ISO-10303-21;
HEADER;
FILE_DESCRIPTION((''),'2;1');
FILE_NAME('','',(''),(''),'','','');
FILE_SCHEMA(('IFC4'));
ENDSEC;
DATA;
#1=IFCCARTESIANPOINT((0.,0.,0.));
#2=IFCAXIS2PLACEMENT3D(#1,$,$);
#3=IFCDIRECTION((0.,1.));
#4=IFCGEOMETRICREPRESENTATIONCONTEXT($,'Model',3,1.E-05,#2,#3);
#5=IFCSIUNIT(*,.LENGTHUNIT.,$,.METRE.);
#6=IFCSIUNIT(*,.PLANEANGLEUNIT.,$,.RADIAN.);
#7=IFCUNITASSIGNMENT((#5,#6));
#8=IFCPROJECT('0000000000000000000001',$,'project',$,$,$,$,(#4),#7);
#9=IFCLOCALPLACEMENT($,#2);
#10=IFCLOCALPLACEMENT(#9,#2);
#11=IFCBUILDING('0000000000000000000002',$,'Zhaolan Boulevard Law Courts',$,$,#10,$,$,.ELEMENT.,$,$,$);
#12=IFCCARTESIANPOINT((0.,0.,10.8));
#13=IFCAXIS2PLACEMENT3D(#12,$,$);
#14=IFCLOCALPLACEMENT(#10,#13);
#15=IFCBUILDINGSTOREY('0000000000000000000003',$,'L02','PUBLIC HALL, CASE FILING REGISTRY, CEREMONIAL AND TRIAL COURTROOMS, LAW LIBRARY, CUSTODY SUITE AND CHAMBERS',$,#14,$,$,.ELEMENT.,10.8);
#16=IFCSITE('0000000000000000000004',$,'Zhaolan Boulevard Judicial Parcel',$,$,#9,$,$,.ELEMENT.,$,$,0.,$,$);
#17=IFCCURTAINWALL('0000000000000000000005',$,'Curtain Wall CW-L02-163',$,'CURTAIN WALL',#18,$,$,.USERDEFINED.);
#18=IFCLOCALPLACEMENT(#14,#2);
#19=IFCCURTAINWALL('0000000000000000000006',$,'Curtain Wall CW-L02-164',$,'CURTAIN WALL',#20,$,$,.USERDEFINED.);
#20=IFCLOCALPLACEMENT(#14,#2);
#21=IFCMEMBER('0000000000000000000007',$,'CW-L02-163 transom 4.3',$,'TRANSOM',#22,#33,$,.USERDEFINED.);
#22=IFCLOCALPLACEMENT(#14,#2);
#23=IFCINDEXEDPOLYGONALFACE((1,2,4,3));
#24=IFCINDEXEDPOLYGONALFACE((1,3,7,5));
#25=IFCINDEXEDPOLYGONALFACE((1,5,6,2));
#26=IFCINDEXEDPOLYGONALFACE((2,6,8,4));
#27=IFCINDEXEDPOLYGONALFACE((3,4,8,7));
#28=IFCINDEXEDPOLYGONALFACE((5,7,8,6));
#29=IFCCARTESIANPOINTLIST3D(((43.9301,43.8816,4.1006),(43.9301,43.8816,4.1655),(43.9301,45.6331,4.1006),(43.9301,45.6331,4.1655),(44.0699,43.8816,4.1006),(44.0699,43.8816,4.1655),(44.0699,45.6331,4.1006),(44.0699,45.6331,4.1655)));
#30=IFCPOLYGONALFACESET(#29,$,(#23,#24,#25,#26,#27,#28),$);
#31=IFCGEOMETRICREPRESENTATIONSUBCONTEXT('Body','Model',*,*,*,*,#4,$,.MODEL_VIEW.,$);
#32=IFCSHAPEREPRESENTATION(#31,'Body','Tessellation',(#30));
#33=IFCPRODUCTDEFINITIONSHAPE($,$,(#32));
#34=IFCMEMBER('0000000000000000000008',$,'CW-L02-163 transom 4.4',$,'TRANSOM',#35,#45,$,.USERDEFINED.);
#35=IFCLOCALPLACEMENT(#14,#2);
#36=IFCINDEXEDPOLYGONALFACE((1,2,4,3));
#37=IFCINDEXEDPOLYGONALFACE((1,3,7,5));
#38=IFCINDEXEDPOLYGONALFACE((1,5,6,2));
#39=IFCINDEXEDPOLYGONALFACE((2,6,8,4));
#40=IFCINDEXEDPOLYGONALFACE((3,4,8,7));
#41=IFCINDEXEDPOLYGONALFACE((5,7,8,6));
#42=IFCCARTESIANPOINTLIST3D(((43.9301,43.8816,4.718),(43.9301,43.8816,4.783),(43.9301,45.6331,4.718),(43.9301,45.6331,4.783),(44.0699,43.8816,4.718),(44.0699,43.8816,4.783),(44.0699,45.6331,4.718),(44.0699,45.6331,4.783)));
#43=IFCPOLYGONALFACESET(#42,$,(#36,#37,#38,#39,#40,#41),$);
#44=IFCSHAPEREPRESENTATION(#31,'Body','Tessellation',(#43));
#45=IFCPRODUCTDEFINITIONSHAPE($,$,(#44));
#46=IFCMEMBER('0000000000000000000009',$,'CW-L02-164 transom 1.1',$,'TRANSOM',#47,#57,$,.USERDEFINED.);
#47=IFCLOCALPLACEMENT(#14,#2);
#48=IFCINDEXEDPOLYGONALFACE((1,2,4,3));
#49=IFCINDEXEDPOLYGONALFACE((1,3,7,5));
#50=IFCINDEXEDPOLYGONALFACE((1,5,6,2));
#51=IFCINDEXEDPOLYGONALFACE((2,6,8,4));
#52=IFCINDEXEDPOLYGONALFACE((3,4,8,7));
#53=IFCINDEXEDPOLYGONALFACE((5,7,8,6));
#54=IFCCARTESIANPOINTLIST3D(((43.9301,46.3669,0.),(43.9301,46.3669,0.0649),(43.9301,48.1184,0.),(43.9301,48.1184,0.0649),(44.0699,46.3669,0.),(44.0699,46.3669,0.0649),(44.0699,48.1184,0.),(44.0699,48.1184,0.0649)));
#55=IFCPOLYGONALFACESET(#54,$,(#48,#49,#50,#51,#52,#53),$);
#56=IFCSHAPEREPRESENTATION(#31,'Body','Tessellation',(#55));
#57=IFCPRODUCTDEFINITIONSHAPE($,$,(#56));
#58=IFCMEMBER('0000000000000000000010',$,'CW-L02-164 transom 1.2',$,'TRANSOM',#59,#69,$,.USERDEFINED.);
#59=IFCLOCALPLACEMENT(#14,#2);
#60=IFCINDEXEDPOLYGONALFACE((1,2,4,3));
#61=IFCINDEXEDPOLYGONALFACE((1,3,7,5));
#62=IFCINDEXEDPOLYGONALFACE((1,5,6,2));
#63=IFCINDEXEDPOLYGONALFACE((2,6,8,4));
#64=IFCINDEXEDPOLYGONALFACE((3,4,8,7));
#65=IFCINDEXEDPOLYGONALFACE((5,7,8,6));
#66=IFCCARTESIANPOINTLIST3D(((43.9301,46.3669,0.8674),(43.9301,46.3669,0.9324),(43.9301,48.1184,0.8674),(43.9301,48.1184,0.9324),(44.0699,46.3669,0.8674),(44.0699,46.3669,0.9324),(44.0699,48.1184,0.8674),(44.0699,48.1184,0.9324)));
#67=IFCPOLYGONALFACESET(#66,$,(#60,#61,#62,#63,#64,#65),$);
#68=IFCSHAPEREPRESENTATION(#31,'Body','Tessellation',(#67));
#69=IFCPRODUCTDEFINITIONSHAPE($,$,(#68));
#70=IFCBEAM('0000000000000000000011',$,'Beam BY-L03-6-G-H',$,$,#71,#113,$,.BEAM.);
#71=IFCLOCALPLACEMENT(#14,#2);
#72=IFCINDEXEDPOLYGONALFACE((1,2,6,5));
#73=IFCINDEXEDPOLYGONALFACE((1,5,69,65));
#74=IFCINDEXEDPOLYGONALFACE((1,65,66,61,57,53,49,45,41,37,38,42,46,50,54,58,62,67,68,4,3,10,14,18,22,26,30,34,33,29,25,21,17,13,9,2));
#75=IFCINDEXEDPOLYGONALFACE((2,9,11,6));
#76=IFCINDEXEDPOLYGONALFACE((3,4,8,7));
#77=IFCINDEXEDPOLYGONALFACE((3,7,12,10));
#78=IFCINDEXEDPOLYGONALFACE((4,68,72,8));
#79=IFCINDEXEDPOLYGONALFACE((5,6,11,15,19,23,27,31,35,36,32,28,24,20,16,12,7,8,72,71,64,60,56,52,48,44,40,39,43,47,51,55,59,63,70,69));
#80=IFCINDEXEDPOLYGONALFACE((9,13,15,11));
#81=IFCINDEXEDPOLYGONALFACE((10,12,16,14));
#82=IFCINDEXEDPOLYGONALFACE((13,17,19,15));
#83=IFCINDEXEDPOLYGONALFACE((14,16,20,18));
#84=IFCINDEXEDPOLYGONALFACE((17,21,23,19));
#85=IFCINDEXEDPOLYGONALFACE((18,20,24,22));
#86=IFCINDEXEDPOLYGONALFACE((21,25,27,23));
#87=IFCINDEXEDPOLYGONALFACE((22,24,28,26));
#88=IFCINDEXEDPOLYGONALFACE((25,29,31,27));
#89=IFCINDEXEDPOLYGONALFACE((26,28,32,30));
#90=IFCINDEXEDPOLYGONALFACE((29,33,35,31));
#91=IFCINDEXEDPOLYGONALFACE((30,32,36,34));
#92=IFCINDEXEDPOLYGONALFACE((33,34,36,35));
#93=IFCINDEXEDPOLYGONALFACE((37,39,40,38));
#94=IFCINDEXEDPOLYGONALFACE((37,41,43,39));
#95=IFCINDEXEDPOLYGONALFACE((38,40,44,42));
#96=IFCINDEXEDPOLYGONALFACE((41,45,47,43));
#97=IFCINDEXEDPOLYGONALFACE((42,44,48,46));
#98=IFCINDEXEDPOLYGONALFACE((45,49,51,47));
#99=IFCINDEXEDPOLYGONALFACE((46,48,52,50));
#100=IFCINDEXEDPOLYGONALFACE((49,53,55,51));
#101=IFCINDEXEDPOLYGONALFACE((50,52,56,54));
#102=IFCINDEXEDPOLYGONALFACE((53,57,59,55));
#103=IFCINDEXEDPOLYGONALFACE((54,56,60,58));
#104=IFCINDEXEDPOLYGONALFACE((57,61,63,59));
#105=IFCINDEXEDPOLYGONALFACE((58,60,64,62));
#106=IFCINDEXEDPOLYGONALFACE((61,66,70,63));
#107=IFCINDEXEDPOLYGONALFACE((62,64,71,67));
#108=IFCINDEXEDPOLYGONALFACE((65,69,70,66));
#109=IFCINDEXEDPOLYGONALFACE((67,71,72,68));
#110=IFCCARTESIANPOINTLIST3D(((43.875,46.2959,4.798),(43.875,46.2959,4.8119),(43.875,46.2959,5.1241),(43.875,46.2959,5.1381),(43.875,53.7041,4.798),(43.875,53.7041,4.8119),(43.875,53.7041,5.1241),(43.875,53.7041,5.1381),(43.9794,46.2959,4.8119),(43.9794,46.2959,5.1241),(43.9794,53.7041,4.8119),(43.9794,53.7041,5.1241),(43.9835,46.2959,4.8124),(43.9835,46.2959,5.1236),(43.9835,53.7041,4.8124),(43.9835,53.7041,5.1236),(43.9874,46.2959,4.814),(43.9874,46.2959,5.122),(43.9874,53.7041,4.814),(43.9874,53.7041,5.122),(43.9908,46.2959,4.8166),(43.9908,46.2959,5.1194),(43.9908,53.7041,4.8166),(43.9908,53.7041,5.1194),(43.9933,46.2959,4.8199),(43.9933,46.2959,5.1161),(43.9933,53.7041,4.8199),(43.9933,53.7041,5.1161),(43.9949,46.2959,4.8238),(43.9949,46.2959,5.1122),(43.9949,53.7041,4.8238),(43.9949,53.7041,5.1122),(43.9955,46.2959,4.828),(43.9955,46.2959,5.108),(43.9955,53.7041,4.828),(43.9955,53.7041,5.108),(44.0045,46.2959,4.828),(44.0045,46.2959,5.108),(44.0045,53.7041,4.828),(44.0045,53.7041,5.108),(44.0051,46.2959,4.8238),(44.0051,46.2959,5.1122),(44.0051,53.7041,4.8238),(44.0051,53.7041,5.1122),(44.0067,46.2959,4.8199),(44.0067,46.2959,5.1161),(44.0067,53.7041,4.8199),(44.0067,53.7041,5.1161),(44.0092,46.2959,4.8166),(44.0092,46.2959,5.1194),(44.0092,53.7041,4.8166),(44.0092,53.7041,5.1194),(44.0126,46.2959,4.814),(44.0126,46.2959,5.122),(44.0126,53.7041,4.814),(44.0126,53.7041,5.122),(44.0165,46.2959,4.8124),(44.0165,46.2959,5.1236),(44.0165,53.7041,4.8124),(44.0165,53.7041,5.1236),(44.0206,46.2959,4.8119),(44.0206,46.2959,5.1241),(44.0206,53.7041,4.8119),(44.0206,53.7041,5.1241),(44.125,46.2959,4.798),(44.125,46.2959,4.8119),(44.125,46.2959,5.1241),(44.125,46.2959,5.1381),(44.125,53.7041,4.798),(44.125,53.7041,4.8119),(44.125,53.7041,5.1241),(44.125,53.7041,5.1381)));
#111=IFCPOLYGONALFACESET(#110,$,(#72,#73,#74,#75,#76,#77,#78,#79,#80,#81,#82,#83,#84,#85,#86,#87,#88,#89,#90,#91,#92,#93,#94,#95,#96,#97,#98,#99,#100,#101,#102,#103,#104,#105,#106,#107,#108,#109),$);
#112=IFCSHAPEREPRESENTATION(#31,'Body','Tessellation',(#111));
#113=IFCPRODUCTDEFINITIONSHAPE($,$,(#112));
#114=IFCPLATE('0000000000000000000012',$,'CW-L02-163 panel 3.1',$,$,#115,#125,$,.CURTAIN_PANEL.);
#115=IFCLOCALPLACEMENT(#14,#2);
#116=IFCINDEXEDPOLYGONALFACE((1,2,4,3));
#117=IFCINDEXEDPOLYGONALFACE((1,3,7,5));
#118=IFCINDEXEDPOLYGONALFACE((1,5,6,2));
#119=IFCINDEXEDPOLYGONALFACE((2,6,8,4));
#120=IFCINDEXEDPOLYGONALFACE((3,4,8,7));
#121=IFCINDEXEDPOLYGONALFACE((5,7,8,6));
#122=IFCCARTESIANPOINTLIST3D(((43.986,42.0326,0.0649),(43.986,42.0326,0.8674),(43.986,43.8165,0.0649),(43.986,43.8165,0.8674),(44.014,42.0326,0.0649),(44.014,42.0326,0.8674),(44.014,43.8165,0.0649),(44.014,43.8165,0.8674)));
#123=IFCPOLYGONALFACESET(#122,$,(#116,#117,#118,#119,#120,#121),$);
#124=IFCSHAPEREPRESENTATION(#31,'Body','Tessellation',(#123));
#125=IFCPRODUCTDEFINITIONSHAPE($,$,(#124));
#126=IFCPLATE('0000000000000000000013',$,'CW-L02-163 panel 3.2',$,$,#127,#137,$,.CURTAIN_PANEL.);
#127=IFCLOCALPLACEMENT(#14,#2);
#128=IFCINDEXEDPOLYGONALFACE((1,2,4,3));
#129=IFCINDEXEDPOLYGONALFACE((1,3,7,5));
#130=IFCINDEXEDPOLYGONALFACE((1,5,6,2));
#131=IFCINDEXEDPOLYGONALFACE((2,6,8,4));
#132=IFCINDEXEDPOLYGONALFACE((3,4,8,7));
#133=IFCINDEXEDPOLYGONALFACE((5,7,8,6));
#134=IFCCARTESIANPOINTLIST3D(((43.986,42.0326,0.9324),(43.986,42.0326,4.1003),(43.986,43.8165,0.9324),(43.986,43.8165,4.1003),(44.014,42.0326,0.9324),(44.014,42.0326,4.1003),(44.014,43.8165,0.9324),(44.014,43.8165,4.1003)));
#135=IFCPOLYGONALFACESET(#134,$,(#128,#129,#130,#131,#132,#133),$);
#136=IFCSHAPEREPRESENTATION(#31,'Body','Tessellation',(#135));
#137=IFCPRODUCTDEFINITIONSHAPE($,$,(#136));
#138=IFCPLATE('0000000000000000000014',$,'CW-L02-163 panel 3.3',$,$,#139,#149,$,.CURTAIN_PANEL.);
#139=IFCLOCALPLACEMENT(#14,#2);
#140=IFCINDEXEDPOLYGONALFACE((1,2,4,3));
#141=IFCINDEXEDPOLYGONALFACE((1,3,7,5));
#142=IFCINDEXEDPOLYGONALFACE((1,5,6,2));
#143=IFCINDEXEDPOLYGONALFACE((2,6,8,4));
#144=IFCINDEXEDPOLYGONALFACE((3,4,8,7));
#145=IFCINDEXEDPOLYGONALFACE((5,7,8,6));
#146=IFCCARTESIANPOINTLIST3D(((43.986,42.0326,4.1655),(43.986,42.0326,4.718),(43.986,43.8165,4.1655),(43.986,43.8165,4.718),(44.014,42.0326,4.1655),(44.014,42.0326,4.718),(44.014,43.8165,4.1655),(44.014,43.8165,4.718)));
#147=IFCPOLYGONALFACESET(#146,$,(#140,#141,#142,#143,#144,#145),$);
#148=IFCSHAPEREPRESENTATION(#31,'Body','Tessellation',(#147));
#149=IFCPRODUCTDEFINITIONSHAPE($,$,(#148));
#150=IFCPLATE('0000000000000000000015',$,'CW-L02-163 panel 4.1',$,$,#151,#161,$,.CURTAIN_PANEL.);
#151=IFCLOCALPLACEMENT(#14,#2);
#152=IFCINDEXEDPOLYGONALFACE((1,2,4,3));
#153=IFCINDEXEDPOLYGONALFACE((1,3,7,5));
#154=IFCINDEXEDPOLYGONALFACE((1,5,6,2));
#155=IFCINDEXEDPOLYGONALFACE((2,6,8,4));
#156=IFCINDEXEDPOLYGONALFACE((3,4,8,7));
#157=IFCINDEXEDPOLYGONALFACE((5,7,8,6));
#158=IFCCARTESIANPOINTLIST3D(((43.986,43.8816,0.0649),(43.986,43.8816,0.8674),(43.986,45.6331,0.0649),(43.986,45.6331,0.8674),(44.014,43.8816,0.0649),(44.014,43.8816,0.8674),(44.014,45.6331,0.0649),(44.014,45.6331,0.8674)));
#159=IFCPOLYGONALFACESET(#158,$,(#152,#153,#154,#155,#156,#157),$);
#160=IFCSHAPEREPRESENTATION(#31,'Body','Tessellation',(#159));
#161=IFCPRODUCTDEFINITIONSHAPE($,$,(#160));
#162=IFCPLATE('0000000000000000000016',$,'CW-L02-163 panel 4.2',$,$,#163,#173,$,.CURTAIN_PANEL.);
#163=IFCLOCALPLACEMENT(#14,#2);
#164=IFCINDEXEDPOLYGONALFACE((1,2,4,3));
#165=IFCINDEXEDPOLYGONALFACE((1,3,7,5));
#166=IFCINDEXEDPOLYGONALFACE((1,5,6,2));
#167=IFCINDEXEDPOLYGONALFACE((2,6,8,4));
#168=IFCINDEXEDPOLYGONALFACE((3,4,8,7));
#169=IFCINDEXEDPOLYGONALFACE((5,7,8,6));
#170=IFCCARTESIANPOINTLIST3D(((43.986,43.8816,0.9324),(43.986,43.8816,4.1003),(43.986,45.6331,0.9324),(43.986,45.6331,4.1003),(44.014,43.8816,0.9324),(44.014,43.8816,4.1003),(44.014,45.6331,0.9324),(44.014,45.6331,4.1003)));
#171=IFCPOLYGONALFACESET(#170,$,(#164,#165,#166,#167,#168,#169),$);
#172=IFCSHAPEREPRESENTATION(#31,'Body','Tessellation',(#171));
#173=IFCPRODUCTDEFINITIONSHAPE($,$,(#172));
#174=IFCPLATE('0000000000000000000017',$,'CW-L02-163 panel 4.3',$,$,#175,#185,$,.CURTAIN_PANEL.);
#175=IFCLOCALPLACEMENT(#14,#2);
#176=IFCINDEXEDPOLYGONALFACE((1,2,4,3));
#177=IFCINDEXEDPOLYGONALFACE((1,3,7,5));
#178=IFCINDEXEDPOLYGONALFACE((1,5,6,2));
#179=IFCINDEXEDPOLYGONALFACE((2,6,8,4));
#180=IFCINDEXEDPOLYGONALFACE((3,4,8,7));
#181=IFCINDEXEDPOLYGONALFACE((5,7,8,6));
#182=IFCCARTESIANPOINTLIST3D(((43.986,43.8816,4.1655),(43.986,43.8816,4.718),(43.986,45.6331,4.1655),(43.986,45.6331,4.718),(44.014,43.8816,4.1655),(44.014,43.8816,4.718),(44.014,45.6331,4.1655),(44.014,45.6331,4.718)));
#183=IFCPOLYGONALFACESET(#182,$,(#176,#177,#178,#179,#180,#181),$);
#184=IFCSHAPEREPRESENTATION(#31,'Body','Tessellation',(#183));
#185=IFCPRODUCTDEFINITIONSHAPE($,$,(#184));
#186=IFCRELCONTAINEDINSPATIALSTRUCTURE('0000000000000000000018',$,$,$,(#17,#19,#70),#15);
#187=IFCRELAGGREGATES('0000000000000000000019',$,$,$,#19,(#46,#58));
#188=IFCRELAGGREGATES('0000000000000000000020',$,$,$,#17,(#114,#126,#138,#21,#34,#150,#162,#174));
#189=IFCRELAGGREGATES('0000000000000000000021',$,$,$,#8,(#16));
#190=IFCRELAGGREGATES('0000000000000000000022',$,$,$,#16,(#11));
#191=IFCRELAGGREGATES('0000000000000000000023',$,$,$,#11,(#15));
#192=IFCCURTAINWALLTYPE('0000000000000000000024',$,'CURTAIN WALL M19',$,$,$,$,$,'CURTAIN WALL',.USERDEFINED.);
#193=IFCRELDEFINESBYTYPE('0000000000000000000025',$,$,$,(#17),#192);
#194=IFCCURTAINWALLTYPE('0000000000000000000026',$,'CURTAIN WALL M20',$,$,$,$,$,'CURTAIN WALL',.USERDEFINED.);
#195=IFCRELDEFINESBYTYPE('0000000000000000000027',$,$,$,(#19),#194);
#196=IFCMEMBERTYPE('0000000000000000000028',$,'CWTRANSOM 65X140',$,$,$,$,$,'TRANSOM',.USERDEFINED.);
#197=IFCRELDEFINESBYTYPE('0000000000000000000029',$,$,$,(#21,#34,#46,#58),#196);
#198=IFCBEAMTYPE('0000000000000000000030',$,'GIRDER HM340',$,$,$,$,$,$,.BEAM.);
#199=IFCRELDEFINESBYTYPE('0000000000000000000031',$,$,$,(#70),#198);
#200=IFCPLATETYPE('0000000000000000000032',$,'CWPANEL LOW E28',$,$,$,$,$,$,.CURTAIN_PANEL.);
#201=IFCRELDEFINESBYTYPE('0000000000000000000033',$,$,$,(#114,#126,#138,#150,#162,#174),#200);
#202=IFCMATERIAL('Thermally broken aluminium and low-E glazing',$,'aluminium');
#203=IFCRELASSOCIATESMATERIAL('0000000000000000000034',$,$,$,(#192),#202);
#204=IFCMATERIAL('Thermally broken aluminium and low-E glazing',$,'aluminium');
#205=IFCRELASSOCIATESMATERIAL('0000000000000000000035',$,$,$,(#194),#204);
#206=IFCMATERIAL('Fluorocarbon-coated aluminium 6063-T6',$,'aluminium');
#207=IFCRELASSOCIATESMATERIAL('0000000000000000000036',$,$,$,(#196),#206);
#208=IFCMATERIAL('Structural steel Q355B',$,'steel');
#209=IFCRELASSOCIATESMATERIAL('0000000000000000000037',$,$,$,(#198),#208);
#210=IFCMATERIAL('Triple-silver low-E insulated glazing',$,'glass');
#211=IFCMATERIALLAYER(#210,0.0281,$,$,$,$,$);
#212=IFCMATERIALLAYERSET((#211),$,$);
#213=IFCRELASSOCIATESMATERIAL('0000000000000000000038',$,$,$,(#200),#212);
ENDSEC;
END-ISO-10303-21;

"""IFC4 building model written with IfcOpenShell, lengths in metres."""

from ifc_helpers import new_model, si_unit, direction, frame, origin, origin_2d, place, context, subcontext, project, spatial, rectangle, i_section, extrude, material, layer, layer_set, material_profile, profile_set, type_object, element, aggregate, save


model = new_model("IFC4")

# Units and contexts
model_context = context("Model", 3, precision=1e-05, world=origin(), true_north=direction((0.0, 1.0)))
body_context = subcontext(model_context, "Body", "Model", "MODEL_VIEW")
ifc_project = project(units=[si_unit("LENGTHUNIT", "METRE"), si_unit("PLANEANGLEUNIT", "RADIAN")], contexts=[model_context])

# Site, building, storey
site_placement = place(None, origin())
site = spatial("IfcSite", under=ifc_project, at=site_placement, Name="Zhaolan Boulevard Judicial Parcel", CompositionType="ELEMENT", RefElevation=0.0)
building_placement = place(site_placement, origin())
building = spatial("IfcBuilding", under=site, at=building_placement, Name="Zhaolan Boulevard Law Courts", CompositionType="ELEMENT")
storey_placement = place(building_placement, frame((0.0, 0.0, 10.8)))
storey = spatial("IfcBuildingStorey", under=building, at=storey_placement, Name="L02", Description="PUBLIC HALL, CASE FILING REGISTRY, CEREMONIAL AND TRIAL COURTROOMS, LAW LIBRARY, CUSTODY SUITE AND CHAMBERS", CompositionType="ELEMENT", Elevation=10.8)

# Curtain wall
ifc_material_1 = material(Name="Thermally broken aluminium and low-E glazing", Category="aluminium")
curtain_wall_type_1 = type_object("IfcCurtainWallType", Name="CURTAIN WALL M19", ElementType="CURTAIN WALL", PredefinedType="USERDEFINED", material=ifc_material_1)
curtain_wall_1_placement = place(storey_placement, origin())
curtain_wall_1 = element("IfcCurtainWall", 1, at=curtain_wall_1_placement, inside=storey, type_object=curtain_wall_type_1, Name="Curtain Wall CW-L02-163", ObjectType="CURTAIN WALL", PredefinedType="USERDEFINED")

# Curtain wall
ifc_material_2 = material(Name="Thermally broken aluminium and low-E glazing", Category="aluminium")
curtain_wall_type_2 = type_object("IfcCurtainWallType", Name="CURTAIN WALL M20", ElementType="CURTAIN WALL", PredefinedType="USERDEFINED", material=ifc_material_2)
curtain_wall_2_placement = place(storey_placement, origin())
curtain_wall_2 = element("IfcCurtainWall", 2, at=curtain_wall_2_placement, inside=storey, type_object=curtain_wall_type_2, Name="Curtain Wall CW-L02-164", ObjectType="CURTAIN WALL", PredefinedType="USERDEFINED")

# Members
ifc_material_3 = material(Name="Fluorocarbon-coated aluminium 6063-T6", Category="aluminium")
ifc_material_profile_1 = material_profile(ifc_material_3, rectangle(XDim=0.1399, YDim=0.0649, at=origin_2d()), Name="AL65x140")
ifc_profile_set_1 = profile_set([ifc_material_profile_1], Name="Fluorocarbon-coated aluminium 6063-T6")
member_type_1 = type_object("IfcMemberType", Name="CWTRANSOM 65X140", ElementType="TRANSOM", PredefinedType="USERDEFINED", material=ifc_profile_set_1)
member_1_placement = place(storey_placement, frame((44.0, 43.8816, 4.1331), z_axis=(0.0, 1.0, 0.0), x_axis=(-1.0, 0.0, 0.0)))
member_1 = element("IfcMember", 3, at=member_1_placement, type_object=member_type_1, Name="CW-L02-163 transom 4.3", ObjectType="TRANSOM", PredefinedType="USERDEFINED", context=body_context, shape_type="SweptSolid", body=[
    extrude(rectangle(XDim=0.1399, YDim=0.0649, at=origin_2d()), origin(), (0.0, 0.0, 1.0), 1.7515),
])
member_2_placement = place(storey_placement, frame((44.0, 43.8816, 4.7505), z_axis=(0.0, 1.0, 0.0), x_axis=(-1.0, 0.0, 0.0)))
member_2 = element("IfcMember", 4, at=member_2_placement, type_object=member_type_1, Name="CW-L02-163 transom 4.4", ObjectType="TRANSOM", PredefinedType="USERDEFINED", context=body_context, shape_type="SweptSolid", body=[
    extrude(rectangle(XDim=0.1399, YDim=0.0649, at=origin_2d()), origin(), (0.0, 0.0, 1.0), 1.7515),
])
member_3_placement = place(storey_placement, frame((44.0, 46.3669, 0.0325), z_axis=(0.0, 1.0, 0.0), x_axis=(-1.0, 0.0, 0.0)))
member_3 = element("IfcMember", 5, at=member_3_placement, type_object=member_type_1, Name="CW-L02-164 transom 1.1", ObjectType="TRANSOM", PredefinedType="USERDEFINED", context=body_context, shape_type="SweptSolid", body=[
    extrude(rectangle(XDim=0.1399, YDim=0.0649, at=origin_2d()), origin(), (0.0, 0.0, 1.0), 1.7515),
])
member_4_placement = place(storey_placement, frame((44.0, 46.3669, 0.8999), z_axis=(0.0, 1.0, 0.0), x_axis=(-1.0, 0.0, 0.0)))
member_4 = element("IfcMember", 6, at=member_4_placement, type_object=member_type_1, Name="CW-L02-164 transom 1.2", ObjectType="TRANSOM", PredefinedType="USERDEFINED", context=body_context, shape_type="SweptSolid", body=[
    extrude(rectangle(XDim=0.1399, YDim=0.0649, at=origin_2d()), origin(), (0.0, 0.0, 1.0), 1.7515),
])
aggregate(curtain_wall_2, [member_3, member_4])

# Beam
ifc_material_4 = material(Name="Structural steel Q355B", Category="steel")
ifc_material_profile_2 = material_profile(ifc_material_4, i_section(OverallWidth=0.25, OverallDepth=0.3401, WebThickness=0.009, FlangeThickness=0.0139, FilletRadius=0.0161, at=origin_2d()), Name="HM340x250")
ifc_profile_set_2 = profile_set([ifc_material_profile_2], Name="Structural steel Q355B")
beam_type = type_object("IfcBeamType", Name="GIRDER HM340", PredefinedType="BEAM", material=ifc_profile_set_2)
beam_placement = place(storey_placement, frame((44.0, 46.2959, 4.968), z_axis=(0.0, 1.0, 0.0), x_axis=(-1.0, 0.0, 0.0)))
element("IfcBeam", 7, at=beam_placement, inside=storey, type_object=beam_type, Name="Beam BY-L03-6-G-H", PredefinedType="BEAM", context=body_context, shape_type="SweptSolid", body=[
    extrude(i_section(OverallWidth=0.25, OverallDepth=0.3401, WebThickness=0.009, FlangeThickness=0.0139, FilletRadius=0.0161, at=origin_2d()), origin(), (0.0, 0.0, 1.0), 7.4082),
])

# Plates
ifc_material_5 = material(Name="Triple-silver low-E insulated glazing", Category="glass")
ifc_layer_1 = layer(ifc_material_5, 0.0281)
ifc_layer_set_1 = layer_set([ifc_layer_1])
plate_type_1 = type_object("IfcPlateType", Name="CWPANEL LOW E28", PredefinedType="CURTAIN_PANEL", material=ifc_layer_set_1)
plate_1_placement = place(storey_placement, frame((44.0, 42.9246, 0.0649), z_axis=(0.0, 0.0, 1.0), x_axis=(0.0, 1.0, 0.0)))
plate_1 = element("IfcPlate", 8, at=plate_1_placement, type_object=plate_type_1, Name="CW-L02-163 panel 3.1", PredefinedType="CURTAIN_PANEL", context=body_context, shape_type="SweptSolid", body=[
    extrude(rectangle(XDim=1.7839, YDim=0.0281, at=origin_2d()), origin(), (0.0, 0.0, 1.0), 0.8025),
])
plate_2_placement = place(storey_placement, frame((44.0, 42.9246, 0.9324), z_axis=(0.0, 0.0, 1.0), x_axis=(0.0, 1.0, 0.0)))
plate_2 = element("IfcPlate", 9, at=plate_2_placement, type_object=plate_type_1, Name="CW-L02-163 panel 3.2", PredefinedType="CURTAIN_PANEL", context=body_context, shape_type="SweptSolid", body=[
    extrude(rectangle(XDim=1.7839, YDim=0.0281, at=origin_2d()), origin(), (0.0, 0.0, 1.0), 3.168),
])
plate_3_placement = place(storey_placement, frame((44.0, 42.9246, 4.1655), z_axis=(0.0, 0.0, 1.0), x_axis=(0.0, 1.0, 0.0)))
plate_3 = element("IfcPlate", 10, at=plate_3_placement, type_object=plate_type_1, Name="CW-L02-163 panel 3.3", PredefinedType="CURTAIN_PANEL", context=body_context, shape_type="SweptSolid", body=[
    extrude(rectangle(XDim=1.7839, YDim=0.0281, at=origin_2d()), origin(), (0.0, 0.0, 1.0), 0.5525),
])
plate_4_placement = place(storey_placement, frame((44.0, 44.7573, 0.0649), z_axis=(0.0, 0.0, 1.0), x_axis=(0.0, 1.0, 0.0)))
plate_4 = element("IfcPlate", 11, at=plate_4_placement, type_object=plate_type_1, Name="CW-L02-163 panel 4.1", PredefinedType="CURTAIN_PANEL", context=body_context, shape_type="SweptSolid", body=[
    extrude(rectangle(XDim=1.7515, YDim=0.0281, at=origin_2d()), origin(), (0.0, 0.0, 1.0), 0.8025),
])
plate_5_placement = place(storey_placement, frame((44.0, 44.7573, 0.9324), z_axis=(0.0, 0.0, 1.0), x_axis=(0.0, 1.0, 0.0)))
plate_5 = element("IfcPlate", 12, at=plate_5_placement, type_object=plate_type_1, Name="CW-L02-163 panel 4.2", PredefinedType="CURTAIN_PANEL", context=body_context, shape_type="SweptSolid", body=[
    extrude(rectangle(XDim=1.7515, YDim=0.0281, at=origin_2d()), origin(), (0.0, 0.0, 1.0), 3.168),
])
plate_6_placement = place(storey_placement, frame((44.0, 44.7573, 4.1655), z_axis=(0.0, 0.0, 1.0), x_axis=(0.0, 1.0, 0.0)))
plate_6 = element("IfcPlate", 13, at=plate_6_placement, type_object=plate_type_1, Name="CW-L02-163 panel 4.3", PredefinedType="CURTAIN_PANEL", context=body_context, shape_type="SweptSolid", body=[
    extrude(rectangle(XDim=1.7515, YDim=0.0281, at=origin_2d()), origin(), (0.0, 0.0, 1.0), 0.5525),
])
aggregate(curtain_wall_1, [plate_1, plate_2, plate_3, member_1, member_2, plate_4, plate_5, plate_6])

save(model, "model.ifc")
